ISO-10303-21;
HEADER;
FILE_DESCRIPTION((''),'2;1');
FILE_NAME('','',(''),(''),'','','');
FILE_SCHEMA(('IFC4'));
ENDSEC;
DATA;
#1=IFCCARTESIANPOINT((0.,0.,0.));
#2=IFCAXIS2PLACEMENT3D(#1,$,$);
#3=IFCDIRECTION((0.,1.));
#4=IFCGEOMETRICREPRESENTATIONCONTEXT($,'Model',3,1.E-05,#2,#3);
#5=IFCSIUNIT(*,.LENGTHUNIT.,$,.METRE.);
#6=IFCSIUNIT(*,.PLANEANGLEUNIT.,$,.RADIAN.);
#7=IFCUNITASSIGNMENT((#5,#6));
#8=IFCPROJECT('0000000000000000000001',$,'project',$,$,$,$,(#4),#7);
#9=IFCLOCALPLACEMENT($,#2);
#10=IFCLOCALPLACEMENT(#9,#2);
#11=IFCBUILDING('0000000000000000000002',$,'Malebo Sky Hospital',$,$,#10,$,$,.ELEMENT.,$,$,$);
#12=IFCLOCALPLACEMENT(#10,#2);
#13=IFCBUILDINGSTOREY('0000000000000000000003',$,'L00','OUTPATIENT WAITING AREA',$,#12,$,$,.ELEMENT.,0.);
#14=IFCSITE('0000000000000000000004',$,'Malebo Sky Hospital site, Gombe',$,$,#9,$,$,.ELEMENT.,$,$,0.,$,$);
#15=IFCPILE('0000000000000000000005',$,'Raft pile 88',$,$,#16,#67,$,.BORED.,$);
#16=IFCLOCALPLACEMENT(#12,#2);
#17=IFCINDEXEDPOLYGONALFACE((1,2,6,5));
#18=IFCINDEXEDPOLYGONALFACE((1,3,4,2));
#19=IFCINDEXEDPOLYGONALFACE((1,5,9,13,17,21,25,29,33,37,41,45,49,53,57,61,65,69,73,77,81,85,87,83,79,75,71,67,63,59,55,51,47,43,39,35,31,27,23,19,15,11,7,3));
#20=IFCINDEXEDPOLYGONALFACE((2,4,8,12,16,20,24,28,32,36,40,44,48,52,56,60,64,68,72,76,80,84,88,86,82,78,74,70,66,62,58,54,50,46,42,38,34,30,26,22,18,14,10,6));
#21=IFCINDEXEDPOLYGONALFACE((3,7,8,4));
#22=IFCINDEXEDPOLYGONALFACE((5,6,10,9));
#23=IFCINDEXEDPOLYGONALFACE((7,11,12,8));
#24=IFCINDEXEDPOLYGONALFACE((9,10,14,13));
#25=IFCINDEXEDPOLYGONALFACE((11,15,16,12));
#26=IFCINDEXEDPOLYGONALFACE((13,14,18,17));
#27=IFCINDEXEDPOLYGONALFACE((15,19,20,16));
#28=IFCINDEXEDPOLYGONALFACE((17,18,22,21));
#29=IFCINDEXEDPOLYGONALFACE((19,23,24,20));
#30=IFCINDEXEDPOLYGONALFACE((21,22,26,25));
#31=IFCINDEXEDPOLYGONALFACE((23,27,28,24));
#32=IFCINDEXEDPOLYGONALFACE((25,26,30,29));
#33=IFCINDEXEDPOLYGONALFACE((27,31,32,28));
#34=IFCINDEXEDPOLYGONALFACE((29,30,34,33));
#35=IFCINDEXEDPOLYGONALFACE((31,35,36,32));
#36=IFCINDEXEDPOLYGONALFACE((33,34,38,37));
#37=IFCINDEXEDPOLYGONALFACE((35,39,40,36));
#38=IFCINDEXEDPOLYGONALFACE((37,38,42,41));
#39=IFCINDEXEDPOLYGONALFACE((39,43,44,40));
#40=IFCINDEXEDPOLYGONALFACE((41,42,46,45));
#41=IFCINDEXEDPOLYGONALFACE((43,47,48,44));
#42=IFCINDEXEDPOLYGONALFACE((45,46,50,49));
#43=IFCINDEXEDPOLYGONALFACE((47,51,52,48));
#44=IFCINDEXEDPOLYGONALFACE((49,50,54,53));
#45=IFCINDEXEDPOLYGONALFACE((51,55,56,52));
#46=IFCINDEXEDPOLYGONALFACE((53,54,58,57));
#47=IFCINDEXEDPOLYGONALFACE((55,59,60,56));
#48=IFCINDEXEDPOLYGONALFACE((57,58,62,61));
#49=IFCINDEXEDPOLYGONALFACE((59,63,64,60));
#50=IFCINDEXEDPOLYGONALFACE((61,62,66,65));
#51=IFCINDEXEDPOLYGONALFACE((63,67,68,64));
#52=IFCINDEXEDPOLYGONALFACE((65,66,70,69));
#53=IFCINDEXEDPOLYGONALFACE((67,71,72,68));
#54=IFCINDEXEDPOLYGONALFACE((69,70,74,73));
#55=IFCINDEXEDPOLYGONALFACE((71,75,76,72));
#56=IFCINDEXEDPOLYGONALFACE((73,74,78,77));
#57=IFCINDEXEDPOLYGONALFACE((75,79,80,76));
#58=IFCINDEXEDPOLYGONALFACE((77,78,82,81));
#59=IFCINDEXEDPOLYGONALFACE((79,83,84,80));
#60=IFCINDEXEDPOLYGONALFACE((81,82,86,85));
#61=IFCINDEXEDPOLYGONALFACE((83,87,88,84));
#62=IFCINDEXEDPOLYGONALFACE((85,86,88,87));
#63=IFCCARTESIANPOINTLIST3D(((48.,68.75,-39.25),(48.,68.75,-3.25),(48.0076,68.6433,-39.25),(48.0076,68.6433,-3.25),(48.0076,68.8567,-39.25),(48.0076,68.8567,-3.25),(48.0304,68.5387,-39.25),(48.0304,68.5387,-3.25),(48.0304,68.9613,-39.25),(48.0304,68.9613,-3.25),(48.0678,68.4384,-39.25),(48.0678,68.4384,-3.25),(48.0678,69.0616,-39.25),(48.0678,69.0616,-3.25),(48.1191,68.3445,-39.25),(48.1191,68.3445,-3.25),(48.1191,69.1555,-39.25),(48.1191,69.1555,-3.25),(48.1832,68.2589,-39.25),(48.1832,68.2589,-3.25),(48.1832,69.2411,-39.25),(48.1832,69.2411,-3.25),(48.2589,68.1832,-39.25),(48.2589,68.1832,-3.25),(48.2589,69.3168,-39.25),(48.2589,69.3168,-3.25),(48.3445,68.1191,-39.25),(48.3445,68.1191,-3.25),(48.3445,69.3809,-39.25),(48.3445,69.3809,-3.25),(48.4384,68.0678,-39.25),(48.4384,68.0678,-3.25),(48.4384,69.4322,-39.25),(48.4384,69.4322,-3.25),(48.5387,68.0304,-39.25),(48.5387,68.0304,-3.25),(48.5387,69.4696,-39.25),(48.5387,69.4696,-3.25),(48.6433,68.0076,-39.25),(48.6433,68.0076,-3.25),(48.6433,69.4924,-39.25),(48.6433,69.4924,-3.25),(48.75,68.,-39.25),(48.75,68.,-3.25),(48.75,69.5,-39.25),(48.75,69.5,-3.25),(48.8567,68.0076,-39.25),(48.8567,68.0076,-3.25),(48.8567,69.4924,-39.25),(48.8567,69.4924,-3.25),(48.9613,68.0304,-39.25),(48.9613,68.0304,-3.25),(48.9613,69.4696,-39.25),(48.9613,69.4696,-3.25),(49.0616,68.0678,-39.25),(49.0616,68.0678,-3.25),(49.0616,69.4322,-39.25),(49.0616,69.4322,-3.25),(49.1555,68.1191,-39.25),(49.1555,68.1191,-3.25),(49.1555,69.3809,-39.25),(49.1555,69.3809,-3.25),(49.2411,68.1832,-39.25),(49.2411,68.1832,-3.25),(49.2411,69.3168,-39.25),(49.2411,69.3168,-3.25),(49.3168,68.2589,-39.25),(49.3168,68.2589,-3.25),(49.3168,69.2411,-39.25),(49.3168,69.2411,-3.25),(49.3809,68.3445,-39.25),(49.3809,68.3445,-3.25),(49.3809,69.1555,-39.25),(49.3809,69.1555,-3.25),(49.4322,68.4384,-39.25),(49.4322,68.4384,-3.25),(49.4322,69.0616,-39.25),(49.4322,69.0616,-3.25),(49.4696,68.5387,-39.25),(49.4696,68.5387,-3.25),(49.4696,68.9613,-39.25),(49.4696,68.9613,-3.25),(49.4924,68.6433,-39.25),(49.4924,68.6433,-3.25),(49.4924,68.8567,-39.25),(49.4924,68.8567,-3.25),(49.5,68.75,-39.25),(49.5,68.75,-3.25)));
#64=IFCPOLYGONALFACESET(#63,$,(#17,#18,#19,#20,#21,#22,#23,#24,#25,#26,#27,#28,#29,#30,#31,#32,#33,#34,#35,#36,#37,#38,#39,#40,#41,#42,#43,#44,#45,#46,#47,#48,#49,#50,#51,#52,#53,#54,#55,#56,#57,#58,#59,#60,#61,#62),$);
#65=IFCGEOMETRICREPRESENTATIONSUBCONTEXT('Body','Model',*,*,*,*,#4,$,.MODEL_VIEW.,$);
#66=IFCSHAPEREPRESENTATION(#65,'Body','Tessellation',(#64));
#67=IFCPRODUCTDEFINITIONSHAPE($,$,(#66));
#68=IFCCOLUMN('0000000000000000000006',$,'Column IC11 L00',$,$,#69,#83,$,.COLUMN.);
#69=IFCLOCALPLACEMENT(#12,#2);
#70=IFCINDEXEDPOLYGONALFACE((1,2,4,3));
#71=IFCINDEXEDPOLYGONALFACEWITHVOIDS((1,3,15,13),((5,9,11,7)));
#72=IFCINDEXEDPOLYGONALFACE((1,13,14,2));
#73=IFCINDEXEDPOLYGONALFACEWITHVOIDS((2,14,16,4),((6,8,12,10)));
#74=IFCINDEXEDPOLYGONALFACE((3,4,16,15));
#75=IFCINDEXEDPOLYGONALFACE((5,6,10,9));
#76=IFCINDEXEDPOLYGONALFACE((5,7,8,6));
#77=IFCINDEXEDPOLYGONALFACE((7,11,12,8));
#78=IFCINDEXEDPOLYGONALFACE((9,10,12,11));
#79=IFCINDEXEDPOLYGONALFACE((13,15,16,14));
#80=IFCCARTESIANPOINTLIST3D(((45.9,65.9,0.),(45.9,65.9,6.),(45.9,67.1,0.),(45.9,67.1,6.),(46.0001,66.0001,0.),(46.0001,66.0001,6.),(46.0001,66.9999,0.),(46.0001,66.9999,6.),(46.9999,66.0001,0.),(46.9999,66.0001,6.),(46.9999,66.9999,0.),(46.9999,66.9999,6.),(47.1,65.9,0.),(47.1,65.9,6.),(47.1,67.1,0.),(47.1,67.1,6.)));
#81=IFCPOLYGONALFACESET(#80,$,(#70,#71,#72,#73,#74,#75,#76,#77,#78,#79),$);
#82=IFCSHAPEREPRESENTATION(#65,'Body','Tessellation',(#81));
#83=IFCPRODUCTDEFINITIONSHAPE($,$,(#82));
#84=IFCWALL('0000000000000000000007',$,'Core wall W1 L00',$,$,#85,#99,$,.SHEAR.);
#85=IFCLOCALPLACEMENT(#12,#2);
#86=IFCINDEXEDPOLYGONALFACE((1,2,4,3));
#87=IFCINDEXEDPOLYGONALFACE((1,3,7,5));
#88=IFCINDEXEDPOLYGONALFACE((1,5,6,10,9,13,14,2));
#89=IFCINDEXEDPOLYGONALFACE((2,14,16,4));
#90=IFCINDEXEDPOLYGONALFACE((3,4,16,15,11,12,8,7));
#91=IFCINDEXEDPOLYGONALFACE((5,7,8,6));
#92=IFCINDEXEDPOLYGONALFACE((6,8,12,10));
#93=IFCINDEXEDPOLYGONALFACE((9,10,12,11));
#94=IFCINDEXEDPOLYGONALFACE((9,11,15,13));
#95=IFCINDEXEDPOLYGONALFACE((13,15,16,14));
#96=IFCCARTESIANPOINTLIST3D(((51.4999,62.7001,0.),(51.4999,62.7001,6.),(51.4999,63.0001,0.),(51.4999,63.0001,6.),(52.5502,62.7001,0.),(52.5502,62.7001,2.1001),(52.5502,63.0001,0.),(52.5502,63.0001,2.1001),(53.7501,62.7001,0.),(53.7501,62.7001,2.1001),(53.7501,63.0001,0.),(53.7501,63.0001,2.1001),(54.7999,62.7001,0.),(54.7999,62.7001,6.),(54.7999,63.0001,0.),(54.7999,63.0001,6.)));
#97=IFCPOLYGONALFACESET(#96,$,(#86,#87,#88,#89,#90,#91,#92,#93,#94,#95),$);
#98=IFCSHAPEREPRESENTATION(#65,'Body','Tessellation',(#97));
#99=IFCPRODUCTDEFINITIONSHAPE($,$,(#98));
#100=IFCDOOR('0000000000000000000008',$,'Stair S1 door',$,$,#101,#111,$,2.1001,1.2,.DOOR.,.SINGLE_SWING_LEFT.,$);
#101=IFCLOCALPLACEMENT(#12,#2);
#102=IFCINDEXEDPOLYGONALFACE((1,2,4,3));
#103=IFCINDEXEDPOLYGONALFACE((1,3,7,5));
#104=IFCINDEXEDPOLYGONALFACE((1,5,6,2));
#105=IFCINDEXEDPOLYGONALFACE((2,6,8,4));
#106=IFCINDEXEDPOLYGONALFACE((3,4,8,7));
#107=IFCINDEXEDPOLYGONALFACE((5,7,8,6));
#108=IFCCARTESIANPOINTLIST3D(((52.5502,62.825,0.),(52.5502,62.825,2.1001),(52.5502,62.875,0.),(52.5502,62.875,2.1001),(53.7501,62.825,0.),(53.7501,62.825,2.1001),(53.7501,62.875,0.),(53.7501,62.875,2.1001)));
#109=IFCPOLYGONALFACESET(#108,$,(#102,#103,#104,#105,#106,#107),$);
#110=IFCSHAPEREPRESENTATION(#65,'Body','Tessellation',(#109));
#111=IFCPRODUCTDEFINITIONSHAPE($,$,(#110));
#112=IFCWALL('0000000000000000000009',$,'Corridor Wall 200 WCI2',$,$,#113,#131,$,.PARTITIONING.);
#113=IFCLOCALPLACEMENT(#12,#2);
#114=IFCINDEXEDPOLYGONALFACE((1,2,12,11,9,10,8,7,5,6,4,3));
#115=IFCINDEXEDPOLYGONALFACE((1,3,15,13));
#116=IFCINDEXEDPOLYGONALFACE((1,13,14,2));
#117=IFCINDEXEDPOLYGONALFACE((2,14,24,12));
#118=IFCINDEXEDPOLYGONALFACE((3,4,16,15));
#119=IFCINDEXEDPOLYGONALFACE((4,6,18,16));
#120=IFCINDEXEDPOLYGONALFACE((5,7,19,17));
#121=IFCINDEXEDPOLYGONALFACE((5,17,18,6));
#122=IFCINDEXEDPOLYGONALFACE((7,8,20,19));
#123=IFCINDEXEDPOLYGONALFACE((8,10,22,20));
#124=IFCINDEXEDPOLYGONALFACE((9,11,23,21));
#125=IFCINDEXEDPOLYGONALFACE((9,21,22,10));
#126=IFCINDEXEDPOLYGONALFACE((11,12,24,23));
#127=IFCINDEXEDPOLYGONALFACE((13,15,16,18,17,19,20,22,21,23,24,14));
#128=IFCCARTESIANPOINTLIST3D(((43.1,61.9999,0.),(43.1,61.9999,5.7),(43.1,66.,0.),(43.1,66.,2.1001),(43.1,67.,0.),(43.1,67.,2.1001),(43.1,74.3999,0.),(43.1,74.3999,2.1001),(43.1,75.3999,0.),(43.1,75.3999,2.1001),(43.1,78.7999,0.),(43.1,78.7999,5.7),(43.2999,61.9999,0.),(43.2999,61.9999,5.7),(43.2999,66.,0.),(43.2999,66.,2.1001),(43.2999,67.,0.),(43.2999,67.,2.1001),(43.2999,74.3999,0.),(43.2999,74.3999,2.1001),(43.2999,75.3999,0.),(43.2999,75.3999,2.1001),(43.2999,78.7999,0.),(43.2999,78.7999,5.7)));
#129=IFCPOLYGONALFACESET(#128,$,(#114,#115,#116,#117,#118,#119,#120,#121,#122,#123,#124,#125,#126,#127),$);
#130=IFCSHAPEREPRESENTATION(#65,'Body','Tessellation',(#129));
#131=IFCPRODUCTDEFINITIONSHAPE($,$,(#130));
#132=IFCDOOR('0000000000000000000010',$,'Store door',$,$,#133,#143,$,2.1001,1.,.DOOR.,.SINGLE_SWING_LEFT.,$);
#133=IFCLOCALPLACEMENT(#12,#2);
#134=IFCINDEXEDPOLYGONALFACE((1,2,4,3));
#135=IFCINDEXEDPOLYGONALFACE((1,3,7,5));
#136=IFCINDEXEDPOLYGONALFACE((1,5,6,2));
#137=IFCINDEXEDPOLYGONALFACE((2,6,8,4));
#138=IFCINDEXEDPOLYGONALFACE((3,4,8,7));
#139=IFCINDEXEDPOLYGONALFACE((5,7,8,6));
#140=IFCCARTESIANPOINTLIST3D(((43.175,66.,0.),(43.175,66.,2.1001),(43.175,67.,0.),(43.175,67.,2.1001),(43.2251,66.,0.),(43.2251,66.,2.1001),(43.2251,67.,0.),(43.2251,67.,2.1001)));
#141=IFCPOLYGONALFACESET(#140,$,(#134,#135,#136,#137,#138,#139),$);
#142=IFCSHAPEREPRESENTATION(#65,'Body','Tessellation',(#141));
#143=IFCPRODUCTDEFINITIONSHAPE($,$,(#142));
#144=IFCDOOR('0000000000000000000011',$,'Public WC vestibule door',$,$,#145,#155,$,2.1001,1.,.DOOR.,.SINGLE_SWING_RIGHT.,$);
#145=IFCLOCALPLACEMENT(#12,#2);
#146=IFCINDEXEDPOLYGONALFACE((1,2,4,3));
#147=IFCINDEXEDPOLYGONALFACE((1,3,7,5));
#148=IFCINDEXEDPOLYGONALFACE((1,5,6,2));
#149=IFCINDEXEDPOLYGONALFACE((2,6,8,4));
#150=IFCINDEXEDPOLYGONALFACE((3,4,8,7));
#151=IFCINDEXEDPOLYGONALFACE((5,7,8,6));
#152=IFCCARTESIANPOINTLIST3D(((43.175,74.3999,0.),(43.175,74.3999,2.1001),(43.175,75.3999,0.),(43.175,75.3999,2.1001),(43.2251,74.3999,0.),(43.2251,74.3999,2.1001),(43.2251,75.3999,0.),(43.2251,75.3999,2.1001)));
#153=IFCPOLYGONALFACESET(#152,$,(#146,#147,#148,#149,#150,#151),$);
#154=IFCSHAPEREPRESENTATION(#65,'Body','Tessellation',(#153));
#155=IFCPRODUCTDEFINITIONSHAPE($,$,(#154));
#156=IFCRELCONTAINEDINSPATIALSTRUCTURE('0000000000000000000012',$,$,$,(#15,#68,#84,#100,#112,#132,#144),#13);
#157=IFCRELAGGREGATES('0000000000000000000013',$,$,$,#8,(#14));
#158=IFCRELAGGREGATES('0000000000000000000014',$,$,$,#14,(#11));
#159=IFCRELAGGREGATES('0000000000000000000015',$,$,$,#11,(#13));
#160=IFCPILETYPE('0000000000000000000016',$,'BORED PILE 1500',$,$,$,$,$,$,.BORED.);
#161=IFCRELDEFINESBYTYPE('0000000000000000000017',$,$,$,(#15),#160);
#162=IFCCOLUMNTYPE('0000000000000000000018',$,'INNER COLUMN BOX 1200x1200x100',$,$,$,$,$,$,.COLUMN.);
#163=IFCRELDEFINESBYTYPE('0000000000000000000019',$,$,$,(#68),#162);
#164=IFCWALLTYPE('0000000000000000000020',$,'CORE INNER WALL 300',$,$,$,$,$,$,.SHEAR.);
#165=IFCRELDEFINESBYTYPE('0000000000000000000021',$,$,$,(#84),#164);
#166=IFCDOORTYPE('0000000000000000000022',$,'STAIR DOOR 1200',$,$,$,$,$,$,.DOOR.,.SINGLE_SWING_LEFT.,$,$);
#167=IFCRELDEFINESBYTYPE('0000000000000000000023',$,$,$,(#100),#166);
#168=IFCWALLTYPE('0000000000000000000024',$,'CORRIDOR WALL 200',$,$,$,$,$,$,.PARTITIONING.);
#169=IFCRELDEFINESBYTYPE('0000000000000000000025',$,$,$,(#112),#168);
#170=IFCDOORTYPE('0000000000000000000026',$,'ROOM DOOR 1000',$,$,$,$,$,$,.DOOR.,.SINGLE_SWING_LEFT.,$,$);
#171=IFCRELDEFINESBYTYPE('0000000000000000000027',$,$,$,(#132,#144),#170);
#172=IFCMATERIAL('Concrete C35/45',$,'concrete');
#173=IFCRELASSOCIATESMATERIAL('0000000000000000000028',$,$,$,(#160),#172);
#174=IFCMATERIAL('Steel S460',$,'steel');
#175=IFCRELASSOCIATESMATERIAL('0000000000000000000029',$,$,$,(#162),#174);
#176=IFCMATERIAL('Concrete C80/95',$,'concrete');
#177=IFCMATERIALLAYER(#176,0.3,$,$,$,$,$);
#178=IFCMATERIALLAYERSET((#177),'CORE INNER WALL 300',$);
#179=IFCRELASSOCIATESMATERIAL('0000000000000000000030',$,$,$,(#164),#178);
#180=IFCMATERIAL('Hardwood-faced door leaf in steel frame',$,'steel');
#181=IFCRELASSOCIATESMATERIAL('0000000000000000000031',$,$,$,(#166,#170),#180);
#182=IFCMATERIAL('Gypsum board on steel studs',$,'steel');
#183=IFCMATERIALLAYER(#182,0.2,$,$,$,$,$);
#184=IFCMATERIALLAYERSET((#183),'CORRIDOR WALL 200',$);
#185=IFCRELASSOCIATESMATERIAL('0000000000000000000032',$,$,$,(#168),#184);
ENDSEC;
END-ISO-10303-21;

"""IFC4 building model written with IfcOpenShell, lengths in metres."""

from ifc_helpers import new_model, si_unit, direction, frame, frame_2d, origin, origin_2d, place, context, subcontext, project, spatial, rectangle, hollow_rectangle, circle, extrude, material, layer, layer_set, material_profile, profile_set, type_object, element, fill, save


model = new_model("IFC4")

# Units and contexts
model_context = context("Model", 3, precision=1e-05, world=origin(), true_north=direction((0.0, 1.0)))
body_context = subcontext(model_context, "Body", "Model", "MODEL_VIEW")
ifc_project = project(units=[si_unit("LENGTHUNIT", "METRE"), si_unit("PLANEANGLEUNIT", "RADIAN")], contexts=[model_context])

# Site, building, storey
site_placement = place(None, origin())
site = spatial("IfcSite", under=ifc_project, at=site_placement, Name="Malebo Sky Hospital site, Gombe", CompositionType="ELEMENT", RefElevation=0.0)
building_placement = place(site_placement, origin())
building = spatial("IfcBuilding", under=site, at=building_placement, Name="Malebo Sky Hospital", CompositionType="ELEMENT")
storey_placement = place(building_placement, origin())
storey = spatial("IfcBuildingStorey", under=building, at=storey_placement, Name="L00", Description="OUTPATIENT WAITING AREA", CompositionType="ELEMENT", Elevation=0.0)

# Pile
ifc_material_1 = material(Name="Concrete C35/45", Category="concrete")
ifc_material_profile_1 = material_profile(ifc_material_1, circle(Radius=0.75, at=origin_2d()), Name="BP 1500")
ifc_profile_set_1 = profile_set([ifc_material_profile_1], Name="Concrete C35/45")
pile_type = type_object("IfcPileType", Name="BORED PILE 1500", PredefinedType="BORED", material=ifc_profile_set_1)
for number, where, z_axis, x_axis, name in (
    (1, (48.75, 68.75, -3.25), (0.0, 0.0, -1.0), (1.0, 0.0, 0.0), "Raft pile 88"),
):
    element("IfcPile", number, at=place(storey_placement, frame(where, z_axis=z_axis, x_axis=x_axis)), inside=storey, type_object=pile_type, Name=name, PredefinedType="BORED", context=body_context, shape_type="SweptSolid", body=[
        extrude(circle(Radius=0.75, at=origin_2d()), origin(), (0.0, 0.0, 1.0), 36.0),
    ])

# Column
ifc_material_2 = material(Name="Steel S460", Category="steel")
ifc_material_profile_2 = material_profile(ifc_material_2, hollow_rectangle(XDim=1.2, YDim=1.2, WallThickness=0.1001, at=origin_2d()), Name="BOX 1200x1200x100")
ifc_profile_set_2 = profile_set([ifc_material_profile_2], Name="Steel S460")
column_type = type_object("IfcColumnType", Name="INNER COLUMN BOX 1200x1200x100", PredefinedType="COLUMN", material=ifc_profile_set_2)
column_placement = place(storey_placement, frame((46.5, 66.5, 0.0), z_axis=(0.0, 0.0, 1.0), x_axis=(1.0, 0.0, 0.0)))
element("IfcColumn", 2, at=column_placement, inside=storey, type_object=column_type, Name="Column IC11 L00", PredefinedType="COLUMN", context=body_context, shape_type="SweptSolid", body=[
    extrude(hollow_rectangle(XDim=1.2, YDim=1.2, WallThickness=0.1001, at=origin_2d()), origin(), (0.0, 0.0, 1.0), 6.0),
])

# Wall, opening, door
ifc_material_3 = material(Name="Concrete C80/95", Category="concrete")
ifc_layer_1 = layer(ifc_material_3, 0.3)
ifc_layer_set_1 = layer_set([ifc_layer_1], Name="CORE INNER WALL 300")
wall_type_1 = type_object("IfcWallType", Name="CORE INNER WALL 300", PredefinedType="SHEAR", material=ifc_layer_set_1)
wall_1_placement = place(storey_placement, frame((51.5, 62.8501, 0.0), z_axis=(0.0, 0.0, 1.0), x_axis=(1.0, 0.0, 0.0)))
wall_1 = element("IfcWall", 3, at=wall_1_placement, inside=storey, type_object=wall_type_1, Name="Core wall W1 L00", PredefinedType="SHEAR", context=body_context, shape_type="SweptSolid", body=[
    extrude(rectangle(XDim=3.3, YDim=0.3, at=frame_2d((1.6499, 0.0))), origin(), (0.0, 0.0, 1.0), 6.0),
])
opening_1_placement = place(wall_1_placement, frame((1.05, 0.0, 0.0)))
opening_1 = element("IfcOpeningElement", 4, at=opening_1_placement, cuts=wall_1, PredefinedType="OPENING", context=body_context, shape_type="SweptSolid", body=[
    extrude(rectangle(XDim=1.2, YDim=2.1001, at=frame_2d((0.6001, 1.05))), frame((0.0, 0.1599, 0.0), z_axis=(0.0, -1.0, 0.0), x_axis=(1.0, 0.0, 0.0)), (0.0, 0.0, 1.0), 0.3201),
])
ifc_material_4 = material(Name="Hardwood-faced door leaf in steel frame", Category="steel")
door_type_1 = type_object("IfcDoorType", Name="STAIR DOOR 1200", OperationType="SINGLE_SWING_LEFT", PredefinedType="DOOR", material=ifc_material_4)
door_1_placement = place(opening_1_placement, origin())
door_1 = element("IfcDoor", 5, at=door_1_placement, inside=storey, type_object=door_type_1, Name="Stair S1 door", OperationType="SINGLE_SWING_LEFT", OverallHeight=2.1001, OverallWidth=1.2, PredefinedType="DOOR", context=body_context, shape_type="SweptSolid", body=[
    extrude(rectangle(XDim=1.2, YDim=2.1001, at=frame_2d((0.6001, 1.05))), frame((0.0, 0.0249, 0.0), z_axis=(0.0, -1.0, 0.0), x_axis=(1.0, 0.0, 0.0)), (0.0, 0.0, 1.0), 0.05),
])
fill(opening_1, door_1)

# Wall, openings, doors
ifc_material_5 = material(Name="Gypsum board on steel studs", Category="steel")
ifc_layer_2 = layer(ifc_material_5, 0.2)
ifc_layer_set_2 = layer_set([ifc_layer_2], Name="CORRIDOR WALL 200")
wall_type_2 = type_object("IfcWallType", Name="CORRIDOR WALL 200", PredefinedType="PARTITIONING", material=ifc_layer_set_2)
wall_2_placement = place(storey_placement, frame((43.2, 62.0, 0.0), z_axis=(0.0, 0.0, 1.0), x_axis=(0.0, 1.0, 0.0)))
wall_2 = element("IfcWall", 6, at=wall_2_placement, inside=storey, type_object=wall_type_2, Name="Corridor Wall 200 WCI2", PredefinedType="PARTITIONING", context=body_context, shape_type="SweptSolid", body=[
    extrude(rectangle(XDim=16.8, YDim=0.2, at=frame_2d((8.3999, 0.0))), origin(), (0.0, 0.0, 1.0), 5.7),
])
opening_2_placement = place(wall_2_placement, frame((4.0, 0.0, 0.0)))
opening_2 = element("IfcOpeningElement", 7, at=opening_2_placement, cuts=wall_2, PredefinedType="OPENING", context=body_context, shape_type="SweptSolid", body=[
    extrude(rectangle(XDim=1.0, YDim=2.1001, at=frame_2d((0.5, 1.05))), frame((0.0, 0.1099, 0.0), z_axis=(0.0, -1.0, 0.0), x_axis=(1.0, 0.0, 0.0)), (0.0, 0.0, 1.0), 0.22),
])
opening_3_placement = place(wall_2_placement, frame((12.3999, 0.0, 0.0)))
opening_3 = element("IfcOpeningElement", 8, at=opening_3_placement, cuts=wall_2, PredefinedType="OPENING", context=body_context, shape_type="SweptSolid", body=[
    extrude(rectangle(XDim=1.0, YDim=2.1001, at=frame_2d((0.5, 1.05))), frame((0.0, 0.1099, 0.0), z_axis=(0.0, -1.0, 0.0), x_axis=(1.0, 0.0, 0.0)), (0.0, 0.0, 1.0), 0.22),
])
door_type_2 = type_object("IfcDoorType", Name="ROOM DOOR 1000", OperationType="SINGLE_SWING_LEFT", PredefinedType="DOOR", material=ifc_material_4)
door_2_placement = place(opening_2_placement, origin())
door_2 = element("IfcDoor", 9, at=door_2_placement, inside=storey, type_object=door_type_2, Name="Store door", OperationType="SINGLE_SWING_LEFT", OverallHeight=2.1001, OverallWidth=1.0, PredefinedType="DOOR", context=body_context, shape_type="SweptSolid", body=[
    extrude(rectangle(XDim=1.0, YDim=2.1001, at=frame_2d((0.5, 1.05))), frame((0.0, 0.0249, 0.0), z_axis=(0.0, -1.0, 0.0), x_axis=(1.0, 0.0, 0.0)), (0.0, 0.0, 1.0), 0.05),
])
fill(opening_2, door_2)
door_3_placement = place(opening_3_placement, origin())
door_3 = element("IfcDoor", 10, at=door_3_placement, inside=storey, type_object=door_type_2, Name="Public WC vestibule door", OperationType="SINGLE_SWING_RIGHT", OverallHeight=2.1001, OverallWidth=1.0, PredefinedType="DOOR", context=body_context, shape_type="SweptSolid", body=[
    extrude(rectangle(XDim=1.0, YDim=2.1001, at=frame_2d((0.5, 1.05))), frame((0.0, 0.0249, 0.0), z_axis=(0.0, -1.0, 0.0), x_axis=(1.0, 0.0, 0.0)), (0.0, 0.0, 1.0), 0.05),
])
fill(opening_3, door_3)

save(model, "model.ifc")
